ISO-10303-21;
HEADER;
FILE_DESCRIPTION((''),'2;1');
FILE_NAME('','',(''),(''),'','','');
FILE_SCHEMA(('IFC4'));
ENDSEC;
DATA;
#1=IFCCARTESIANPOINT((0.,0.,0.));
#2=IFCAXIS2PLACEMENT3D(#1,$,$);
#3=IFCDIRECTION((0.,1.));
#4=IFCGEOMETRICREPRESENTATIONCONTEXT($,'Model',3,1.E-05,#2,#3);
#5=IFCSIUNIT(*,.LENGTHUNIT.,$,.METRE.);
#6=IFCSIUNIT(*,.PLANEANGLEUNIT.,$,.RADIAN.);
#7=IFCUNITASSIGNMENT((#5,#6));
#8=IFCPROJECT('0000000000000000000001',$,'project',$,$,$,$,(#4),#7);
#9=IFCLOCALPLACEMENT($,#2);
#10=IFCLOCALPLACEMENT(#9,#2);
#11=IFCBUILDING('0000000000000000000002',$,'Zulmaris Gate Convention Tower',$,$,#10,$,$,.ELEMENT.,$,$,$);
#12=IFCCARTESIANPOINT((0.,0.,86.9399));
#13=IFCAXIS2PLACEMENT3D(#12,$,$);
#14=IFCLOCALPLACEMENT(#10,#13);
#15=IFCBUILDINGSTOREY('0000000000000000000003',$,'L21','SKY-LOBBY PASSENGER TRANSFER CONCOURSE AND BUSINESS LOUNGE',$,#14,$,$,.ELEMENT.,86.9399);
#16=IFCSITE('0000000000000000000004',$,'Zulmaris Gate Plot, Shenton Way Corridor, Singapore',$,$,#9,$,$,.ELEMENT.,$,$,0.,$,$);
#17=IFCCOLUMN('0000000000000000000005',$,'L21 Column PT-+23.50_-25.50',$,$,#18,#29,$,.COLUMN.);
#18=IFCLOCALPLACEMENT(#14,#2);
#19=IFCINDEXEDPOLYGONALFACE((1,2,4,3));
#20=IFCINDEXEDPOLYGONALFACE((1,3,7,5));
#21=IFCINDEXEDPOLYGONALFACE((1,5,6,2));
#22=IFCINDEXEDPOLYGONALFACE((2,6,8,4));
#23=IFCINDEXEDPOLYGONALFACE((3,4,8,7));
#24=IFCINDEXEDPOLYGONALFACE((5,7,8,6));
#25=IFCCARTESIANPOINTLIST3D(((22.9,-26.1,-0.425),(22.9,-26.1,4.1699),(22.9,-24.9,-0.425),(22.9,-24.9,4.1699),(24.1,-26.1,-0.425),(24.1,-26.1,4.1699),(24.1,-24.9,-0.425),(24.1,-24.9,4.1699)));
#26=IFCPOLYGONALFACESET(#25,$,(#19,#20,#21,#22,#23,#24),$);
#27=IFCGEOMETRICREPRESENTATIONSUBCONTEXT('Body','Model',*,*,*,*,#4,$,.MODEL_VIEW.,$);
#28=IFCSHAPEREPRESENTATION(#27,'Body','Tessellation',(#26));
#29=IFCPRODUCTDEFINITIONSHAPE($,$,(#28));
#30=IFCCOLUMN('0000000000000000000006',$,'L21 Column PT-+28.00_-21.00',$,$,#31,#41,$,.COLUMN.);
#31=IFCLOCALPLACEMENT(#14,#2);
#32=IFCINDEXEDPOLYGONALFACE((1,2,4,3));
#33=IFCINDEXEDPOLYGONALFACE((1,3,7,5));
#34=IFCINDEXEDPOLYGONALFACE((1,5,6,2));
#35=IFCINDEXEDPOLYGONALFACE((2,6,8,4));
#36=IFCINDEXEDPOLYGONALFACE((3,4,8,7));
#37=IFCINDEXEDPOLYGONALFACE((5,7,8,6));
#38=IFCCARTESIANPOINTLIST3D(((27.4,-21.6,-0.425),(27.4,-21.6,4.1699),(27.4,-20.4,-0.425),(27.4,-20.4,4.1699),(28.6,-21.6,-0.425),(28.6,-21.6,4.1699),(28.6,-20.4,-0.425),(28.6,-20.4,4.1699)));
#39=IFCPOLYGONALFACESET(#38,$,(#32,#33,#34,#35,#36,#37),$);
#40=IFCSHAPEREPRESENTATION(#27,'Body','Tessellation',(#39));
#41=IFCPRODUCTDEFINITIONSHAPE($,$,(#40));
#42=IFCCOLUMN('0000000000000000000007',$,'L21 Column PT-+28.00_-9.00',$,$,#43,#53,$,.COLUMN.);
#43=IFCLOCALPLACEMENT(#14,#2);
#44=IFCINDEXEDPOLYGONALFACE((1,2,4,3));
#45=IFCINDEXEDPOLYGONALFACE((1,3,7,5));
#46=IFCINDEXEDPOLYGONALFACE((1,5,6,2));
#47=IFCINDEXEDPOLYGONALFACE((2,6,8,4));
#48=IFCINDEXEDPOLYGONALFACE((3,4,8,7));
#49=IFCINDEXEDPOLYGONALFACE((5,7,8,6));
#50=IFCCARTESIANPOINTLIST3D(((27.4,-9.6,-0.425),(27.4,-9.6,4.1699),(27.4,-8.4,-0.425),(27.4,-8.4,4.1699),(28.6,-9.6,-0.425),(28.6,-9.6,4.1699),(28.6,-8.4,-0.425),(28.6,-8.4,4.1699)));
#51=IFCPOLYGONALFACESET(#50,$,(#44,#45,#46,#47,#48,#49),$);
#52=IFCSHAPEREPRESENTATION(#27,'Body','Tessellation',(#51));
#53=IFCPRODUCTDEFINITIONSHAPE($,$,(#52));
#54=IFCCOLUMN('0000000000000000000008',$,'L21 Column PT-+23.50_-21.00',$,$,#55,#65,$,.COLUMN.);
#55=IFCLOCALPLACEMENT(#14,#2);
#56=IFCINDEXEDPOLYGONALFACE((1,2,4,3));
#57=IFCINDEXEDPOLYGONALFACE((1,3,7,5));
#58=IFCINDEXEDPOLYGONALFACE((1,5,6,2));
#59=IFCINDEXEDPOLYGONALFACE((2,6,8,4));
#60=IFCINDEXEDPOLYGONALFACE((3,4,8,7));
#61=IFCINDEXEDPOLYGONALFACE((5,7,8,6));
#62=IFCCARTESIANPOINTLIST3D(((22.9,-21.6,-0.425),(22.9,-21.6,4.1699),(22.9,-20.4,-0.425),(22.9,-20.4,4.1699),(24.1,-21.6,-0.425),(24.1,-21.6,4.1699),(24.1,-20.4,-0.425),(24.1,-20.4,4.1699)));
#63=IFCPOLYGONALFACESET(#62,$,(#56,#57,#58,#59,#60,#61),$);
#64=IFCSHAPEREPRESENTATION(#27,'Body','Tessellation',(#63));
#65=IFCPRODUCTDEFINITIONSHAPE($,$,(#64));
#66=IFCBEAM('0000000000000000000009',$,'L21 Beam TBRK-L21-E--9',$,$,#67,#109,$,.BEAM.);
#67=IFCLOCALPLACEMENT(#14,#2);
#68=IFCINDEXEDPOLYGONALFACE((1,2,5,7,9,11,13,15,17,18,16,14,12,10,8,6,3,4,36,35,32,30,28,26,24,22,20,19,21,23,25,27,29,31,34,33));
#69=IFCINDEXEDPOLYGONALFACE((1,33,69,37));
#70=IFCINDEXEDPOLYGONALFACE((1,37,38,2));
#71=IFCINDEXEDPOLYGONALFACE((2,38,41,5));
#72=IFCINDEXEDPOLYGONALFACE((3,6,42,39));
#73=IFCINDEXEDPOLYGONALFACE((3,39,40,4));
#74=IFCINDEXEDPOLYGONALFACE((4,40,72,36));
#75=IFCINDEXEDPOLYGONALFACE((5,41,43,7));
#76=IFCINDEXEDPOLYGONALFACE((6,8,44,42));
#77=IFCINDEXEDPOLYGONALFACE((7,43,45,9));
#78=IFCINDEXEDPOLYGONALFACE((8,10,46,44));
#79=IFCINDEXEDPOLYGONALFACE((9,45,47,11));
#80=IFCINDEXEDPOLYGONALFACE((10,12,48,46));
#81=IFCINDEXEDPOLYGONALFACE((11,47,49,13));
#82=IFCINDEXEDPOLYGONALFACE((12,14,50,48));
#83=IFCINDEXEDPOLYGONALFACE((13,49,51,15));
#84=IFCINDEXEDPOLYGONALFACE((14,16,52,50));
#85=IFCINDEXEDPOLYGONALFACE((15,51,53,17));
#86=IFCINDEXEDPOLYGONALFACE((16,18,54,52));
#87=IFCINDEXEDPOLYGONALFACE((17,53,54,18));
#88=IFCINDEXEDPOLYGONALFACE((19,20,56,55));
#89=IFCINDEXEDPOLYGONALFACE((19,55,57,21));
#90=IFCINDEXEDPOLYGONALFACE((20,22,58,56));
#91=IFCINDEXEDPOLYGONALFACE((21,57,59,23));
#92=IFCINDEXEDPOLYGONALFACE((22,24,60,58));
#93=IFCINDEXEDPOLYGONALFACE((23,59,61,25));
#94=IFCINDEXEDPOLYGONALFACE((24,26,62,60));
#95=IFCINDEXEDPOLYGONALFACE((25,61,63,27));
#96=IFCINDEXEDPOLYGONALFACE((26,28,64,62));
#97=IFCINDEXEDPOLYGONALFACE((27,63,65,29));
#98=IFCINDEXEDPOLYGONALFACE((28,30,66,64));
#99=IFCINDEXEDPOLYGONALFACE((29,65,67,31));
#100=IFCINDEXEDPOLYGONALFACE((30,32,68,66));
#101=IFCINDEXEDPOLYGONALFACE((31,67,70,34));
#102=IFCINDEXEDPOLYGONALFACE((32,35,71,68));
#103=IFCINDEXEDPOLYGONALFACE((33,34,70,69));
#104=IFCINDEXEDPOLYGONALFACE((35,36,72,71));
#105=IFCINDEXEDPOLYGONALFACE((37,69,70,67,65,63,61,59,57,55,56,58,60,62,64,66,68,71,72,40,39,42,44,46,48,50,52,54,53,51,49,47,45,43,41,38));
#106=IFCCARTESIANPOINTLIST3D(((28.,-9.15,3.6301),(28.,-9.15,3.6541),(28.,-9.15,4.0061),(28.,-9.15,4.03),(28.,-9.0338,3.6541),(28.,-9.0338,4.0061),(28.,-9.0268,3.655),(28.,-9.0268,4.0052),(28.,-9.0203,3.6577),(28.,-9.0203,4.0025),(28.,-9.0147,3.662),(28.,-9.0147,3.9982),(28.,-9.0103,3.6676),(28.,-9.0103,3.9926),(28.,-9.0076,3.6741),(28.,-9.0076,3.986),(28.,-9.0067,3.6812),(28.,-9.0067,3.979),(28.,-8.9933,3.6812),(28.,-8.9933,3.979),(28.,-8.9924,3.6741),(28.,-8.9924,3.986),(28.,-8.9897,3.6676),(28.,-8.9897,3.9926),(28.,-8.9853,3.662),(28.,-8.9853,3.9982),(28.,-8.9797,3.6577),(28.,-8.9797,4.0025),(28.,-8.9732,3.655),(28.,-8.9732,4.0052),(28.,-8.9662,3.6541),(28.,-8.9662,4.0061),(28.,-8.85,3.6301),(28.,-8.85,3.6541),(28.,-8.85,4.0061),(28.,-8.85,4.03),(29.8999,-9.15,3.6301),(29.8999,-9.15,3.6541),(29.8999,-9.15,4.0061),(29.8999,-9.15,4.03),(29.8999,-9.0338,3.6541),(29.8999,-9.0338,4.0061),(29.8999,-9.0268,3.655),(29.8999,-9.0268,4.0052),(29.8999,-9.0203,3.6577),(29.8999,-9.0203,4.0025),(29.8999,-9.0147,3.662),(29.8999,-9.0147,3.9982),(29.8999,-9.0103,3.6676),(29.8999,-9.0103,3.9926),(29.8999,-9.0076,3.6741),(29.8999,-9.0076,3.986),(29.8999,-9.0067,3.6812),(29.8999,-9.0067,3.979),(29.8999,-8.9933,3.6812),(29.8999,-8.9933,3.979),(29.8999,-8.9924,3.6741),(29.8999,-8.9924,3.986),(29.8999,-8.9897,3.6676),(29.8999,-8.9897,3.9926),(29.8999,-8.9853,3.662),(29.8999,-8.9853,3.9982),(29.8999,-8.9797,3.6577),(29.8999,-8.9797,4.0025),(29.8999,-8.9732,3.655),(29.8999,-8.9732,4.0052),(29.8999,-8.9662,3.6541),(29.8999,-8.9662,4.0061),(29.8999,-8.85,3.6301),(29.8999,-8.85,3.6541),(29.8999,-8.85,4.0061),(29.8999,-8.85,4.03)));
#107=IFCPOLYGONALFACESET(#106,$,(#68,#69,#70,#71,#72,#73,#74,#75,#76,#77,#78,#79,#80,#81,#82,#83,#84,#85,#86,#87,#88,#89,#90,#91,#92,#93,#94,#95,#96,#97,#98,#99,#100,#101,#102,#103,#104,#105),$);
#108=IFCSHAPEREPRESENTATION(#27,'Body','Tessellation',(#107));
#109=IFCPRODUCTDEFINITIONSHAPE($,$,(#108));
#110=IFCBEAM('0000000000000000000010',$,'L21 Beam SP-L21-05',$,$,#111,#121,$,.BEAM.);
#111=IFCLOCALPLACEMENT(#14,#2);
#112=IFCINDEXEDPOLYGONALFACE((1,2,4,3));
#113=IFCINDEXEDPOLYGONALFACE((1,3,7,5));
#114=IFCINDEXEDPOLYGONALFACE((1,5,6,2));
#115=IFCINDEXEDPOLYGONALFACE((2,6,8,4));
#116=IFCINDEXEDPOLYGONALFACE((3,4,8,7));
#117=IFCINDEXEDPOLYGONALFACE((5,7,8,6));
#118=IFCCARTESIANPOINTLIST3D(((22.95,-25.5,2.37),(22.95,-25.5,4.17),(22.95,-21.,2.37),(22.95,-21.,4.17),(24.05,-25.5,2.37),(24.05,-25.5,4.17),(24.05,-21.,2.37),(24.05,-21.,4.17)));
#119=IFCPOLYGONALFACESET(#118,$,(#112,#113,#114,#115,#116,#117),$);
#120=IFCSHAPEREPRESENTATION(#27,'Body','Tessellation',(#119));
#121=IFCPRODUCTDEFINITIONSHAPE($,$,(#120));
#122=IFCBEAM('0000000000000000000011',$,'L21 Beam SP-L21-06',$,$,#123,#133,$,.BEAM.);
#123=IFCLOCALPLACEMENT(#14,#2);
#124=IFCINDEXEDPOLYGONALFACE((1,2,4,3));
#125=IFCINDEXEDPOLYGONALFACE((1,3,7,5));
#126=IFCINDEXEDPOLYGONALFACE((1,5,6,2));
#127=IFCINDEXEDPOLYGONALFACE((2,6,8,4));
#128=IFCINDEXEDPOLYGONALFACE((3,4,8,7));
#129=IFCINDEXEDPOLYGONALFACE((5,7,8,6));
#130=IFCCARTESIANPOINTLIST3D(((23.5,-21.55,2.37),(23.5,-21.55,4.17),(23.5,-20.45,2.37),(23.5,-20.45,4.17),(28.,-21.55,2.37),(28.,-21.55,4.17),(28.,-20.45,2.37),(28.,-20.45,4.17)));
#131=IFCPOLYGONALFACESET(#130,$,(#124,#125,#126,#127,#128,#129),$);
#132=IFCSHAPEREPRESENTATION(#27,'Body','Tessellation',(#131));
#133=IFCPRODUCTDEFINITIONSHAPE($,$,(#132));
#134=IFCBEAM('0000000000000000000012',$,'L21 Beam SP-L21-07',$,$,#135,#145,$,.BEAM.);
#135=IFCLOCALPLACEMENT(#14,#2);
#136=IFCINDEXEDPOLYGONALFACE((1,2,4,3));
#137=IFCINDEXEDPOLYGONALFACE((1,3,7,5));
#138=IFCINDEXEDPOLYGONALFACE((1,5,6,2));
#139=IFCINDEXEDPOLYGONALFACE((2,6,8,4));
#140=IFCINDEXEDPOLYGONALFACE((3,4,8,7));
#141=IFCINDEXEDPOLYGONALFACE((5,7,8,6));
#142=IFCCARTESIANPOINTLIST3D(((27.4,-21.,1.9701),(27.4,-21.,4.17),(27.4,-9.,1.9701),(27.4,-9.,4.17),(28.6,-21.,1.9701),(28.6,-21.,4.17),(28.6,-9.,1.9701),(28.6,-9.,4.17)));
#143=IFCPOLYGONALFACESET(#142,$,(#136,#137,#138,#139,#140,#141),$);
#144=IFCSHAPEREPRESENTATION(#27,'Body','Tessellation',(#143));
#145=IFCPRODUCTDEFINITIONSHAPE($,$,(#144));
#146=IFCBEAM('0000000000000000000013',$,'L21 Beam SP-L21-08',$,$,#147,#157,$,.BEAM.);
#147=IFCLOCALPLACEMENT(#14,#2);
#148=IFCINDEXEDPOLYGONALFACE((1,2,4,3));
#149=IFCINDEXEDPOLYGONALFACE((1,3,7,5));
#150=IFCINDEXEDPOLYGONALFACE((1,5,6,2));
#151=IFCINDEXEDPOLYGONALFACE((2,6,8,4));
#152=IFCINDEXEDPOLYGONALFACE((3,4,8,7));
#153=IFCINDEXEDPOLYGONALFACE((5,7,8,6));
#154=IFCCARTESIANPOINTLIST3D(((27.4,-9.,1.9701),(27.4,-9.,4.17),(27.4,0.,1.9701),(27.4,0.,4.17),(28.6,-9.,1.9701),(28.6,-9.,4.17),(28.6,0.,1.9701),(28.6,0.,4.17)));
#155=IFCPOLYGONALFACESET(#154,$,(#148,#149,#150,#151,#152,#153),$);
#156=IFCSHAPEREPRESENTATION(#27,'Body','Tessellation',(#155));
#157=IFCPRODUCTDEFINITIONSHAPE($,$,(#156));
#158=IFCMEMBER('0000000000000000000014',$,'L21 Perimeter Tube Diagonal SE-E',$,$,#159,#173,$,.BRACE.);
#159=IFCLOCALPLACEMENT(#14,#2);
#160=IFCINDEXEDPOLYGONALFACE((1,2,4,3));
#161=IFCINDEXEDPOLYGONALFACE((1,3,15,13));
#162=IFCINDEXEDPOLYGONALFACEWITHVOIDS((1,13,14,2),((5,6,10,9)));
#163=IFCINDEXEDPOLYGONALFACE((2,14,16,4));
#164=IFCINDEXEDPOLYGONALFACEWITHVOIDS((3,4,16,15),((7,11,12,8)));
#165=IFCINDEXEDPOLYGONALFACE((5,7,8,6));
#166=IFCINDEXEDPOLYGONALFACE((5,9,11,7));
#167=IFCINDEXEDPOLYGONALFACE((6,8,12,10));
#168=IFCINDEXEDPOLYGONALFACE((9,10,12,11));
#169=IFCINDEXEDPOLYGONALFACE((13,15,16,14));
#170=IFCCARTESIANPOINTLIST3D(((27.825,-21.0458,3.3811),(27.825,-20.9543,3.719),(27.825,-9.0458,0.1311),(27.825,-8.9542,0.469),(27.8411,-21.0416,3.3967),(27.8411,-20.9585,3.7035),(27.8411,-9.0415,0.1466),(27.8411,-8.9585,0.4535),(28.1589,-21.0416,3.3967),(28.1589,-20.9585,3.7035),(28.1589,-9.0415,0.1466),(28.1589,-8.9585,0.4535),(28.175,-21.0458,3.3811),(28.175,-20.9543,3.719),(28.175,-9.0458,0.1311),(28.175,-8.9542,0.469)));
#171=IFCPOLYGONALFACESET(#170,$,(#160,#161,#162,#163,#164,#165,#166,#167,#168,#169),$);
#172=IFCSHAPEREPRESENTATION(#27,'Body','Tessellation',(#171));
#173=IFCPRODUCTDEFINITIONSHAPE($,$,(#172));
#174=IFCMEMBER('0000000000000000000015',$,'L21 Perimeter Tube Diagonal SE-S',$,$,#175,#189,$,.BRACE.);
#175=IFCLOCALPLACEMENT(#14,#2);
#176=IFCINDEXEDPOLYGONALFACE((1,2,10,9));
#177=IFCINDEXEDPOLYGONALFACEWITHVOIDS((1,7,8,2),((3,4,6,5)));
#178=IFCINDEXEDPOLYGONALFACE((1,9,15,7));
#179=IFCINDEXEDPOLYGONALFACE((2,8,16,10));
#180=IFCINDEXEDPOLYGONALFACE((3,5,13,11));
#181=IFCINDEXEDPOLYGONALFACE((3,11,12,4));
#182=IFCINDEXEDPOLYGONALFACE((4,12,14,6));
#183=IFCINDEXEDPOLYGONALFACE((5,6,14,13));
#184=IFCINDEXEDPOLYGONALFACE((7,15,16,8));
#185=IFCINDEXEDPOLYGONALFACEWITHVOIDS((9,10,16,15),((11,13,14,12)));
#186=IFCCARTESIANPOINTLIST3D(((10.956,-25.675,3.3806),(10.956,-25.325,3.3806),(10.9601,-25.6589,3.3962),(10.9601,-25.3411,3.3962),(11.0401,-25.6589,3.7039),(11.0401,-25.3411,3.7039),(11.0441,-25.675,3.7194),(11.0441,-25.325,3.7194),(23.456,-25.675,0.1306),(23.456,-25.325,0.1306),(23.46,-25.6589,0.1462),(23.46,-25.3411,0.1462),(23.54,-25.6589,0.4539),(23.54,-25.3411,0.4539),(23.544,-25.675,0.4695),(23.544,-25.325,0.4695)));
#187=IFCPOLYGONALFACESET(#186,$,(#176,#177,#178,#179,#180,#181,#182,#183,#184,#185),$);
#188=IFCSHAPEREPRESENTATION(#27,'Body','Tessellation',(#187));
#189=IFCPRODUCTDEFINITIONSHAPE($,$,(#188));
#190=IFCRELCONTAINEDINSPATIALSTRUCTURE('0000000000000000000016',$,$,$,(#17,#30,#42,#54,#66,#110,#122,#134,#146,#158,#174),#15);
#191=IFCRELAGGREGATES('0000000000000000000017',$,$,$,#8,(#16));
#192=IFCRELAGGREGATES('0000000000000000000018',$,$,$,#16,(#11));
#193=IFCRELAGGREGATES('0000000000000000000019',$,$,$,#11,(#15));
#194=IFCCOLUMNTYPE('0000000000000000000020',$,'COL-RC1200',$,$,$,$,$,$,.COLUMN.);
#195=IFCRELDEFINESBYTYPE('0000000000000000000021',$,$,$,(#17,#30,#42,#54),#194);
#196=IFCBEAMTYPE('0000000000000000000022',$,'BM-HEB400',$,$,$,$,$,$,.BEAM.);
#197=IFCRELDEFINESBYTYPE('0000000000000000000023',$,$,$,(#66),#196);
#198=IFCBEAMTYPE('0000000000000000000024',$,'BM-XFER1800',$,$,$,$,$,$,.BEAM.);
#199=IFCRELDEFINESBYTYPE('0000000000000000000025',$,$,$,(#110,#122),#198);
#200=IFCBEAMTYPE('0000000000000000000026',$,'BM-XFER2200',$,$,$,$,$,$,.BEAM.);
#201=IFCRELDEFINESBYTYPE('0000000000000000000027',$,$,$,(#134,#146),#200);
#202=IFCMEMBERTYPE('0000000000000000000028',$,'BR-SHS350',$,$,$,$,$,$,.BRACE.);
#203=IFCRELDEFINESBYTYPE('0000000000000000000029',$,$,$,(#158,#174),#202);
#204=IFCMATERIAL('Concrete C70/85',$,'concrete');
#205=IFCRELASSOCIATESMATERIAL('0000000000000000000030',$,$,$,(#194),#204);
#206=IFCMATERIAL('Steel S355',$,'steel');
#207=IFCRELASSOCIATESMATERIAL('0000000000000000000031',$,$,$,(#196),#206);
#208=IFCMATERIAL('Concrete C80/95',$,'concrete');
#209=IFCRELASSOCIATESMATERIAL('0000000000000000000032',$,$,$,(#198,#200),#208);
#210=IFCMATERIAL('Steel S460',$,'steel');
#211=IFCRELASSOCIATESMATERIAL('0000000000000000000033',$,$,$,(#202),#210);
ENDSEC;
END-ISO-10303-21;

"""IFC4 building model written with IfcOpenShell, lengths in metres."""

from ifc_helpers import new_model, si_unit, direction, frame, origin, origin_2d, place, context, subcontext, project, spatial, rectangle, hollow_rectangle, i_section, extrude, material, material_profile, profile_set, type_object, element, save


model = new_model("IFC4")

# Units and contexts
model_context = context("Model", 3, precision=1e-05, world=origin(), true_north=direction((0.0, 1.0)))
body_context = subcontext(model_context, "Body", "Model", "MODEL_VIEW")
ifc_project = project(units=[si_unit("LENGTHUNIT", "METRE"), si_unit("PLANEANGLEUNIT", "RADIAN")], contexts=[model_context])

# Site, building, storey
site_placement = place(None, origin())
site = spatial("IfcSite", under=ifc_project, at=site_placement, Name="Zulmaris Gate Plot, Shenton Way Corridor, Singapore", CompositionType="ELEMENT", RefElevation=0.0)
building_placement = place(site_placement, origin())
building = spatial("IfcBuilding", under=site, at=building_placement, Name="Zulmaris Gate Convention Tower", CompositionType="ELEMENT")
storey_placement = place(building_placement, frame((0.0, 0.0, 86.9399)))
storey = spatial("IfcBuildingStorey", under=building, at=storey_placement, Name="L21", Description="SKY-LOBBY PASSENGER TRANSFER CONCOURSE AND BUSINESS LOUNGE", CompositionType="ELEMENT", Elevation=86.9399)

# Columns
ifc_material_1 = material(Name="Concrete C70/85", Category="concrete")
ifc_material_profile_1 = material_profile(ifc_material_1, rectangle(XDim=1.2, YDim=1.2, at=origin_2d()), Name="RC COL 1200x1200")
ifc_profile_set_1 = profile_set([ifc_material_profile_1], Name="Concrete C70/85")
column_type = type_object("IfcColumnType", Name="COL-RC1200", PredefinedType="COLUMN", material=ifc_profile_set_1)
for number, where, z_axis, x_axis, name in (
    (1, (23.5, -25.5, -0.425), (0.0, 0.0, 1.0), (1.0, 0.0, 0.0), "L21 Column PT-+23.50_-25.50"),
    (2, (28.0, -21.0, -0.425), (0.0, 0.0, 1.0), (1.0, 0.0, 0.0), "L21 Column PT-+28.00_-21.00"),
    (3, (28.0, -9.0, -0.425), (0.0, 0.0, 1.0), (1.0, 0.0, 0.0), "L21 Column PT-+28.00_-9.00"),
    (4, (23.5, -21.0, -0.425), (0.0, 0.0, 1.0), (1.0, 0.0, 0.0), "L21 Column PT-+23.50_-21.00"),
):
    element("IfcColumn", number, at=place(storey_placement, frame(where, z_axis=z_axis, x_axis=x_axis)), inside=storey, type_object=column_type, Name=name, PredefinedType="COLUMN", context=body_context, shape_type="SweptSolid", body=[
        extrude(rectangle(XDim=1.2, YDim=1.2, at=origin_2d()), origin(), (0.0, 0.0, 1.0), 4.595),
    ])

# Beams
ifc_material_2 = material(Name="Steel S355", Category="steel")
ifc_material_profile_2 = material_profile(ifc_material_2, i_section(OverallWidth=0.3, OverallDepth=0.3999, WebThickness=0.0134, FlangeThickness=0.0239, FilletRadius=0.0271, at=origin_2d()), Name="HEB 400")
ifc_profile_set_2 = profile_set([ifc_material_profile_2], Name="Steel S355")
beam_type_1 = type_object("IfcBeamType", Name="BM-HEB400", PredefinedType="BEAM", material=ifc_profile_set_2)
beam_1_placement = place(storey_placement, frame((28.0, -9.0, 3.8301), z_axis=(1.0, 0.0, 0.0), x_axis=(0.0, 1.0, 0.0)))
element("IfcBeam", 5, at=beam_1_placement, inside=storey, type_object=beam_type_1, Name="L21 Beam TBRK-L21-E--9", PredefinedType="BEAM", context=body_context, shape_type="SweptSolid", body=[
    extrude(i_section(OverallWidth=0.3, OverallDepth=0.3999, WebThickness=0.0134, FlangeThickness=0.0239, FilletRadius=0.0271, at=origin_2d()), origin(), (0.0, 0.0, 1.0), 1.8999),
])
ifc_material_3 = material(Name="Concrete C80/95", Category="concrete")
ifc_material_profile_3 = material_profile(ifc_material_3, rectangle(XDim=1.1001, YDim=1.8, at=origin_2d()), Name="RC TRANSFER 1100x1800")
ifc_profile_set_3 = profile_set([ifc_material_profile_3], Name="Concrete C80/95")
beam_type_2 = type_object("IfcBeamType", Name="BM-XFER1800", PredefinedType="BEAM", material=ifc_profile_set_3)
for number, where, z_axis, x_axis, name in (
    (6, (23.5, -25.5, 3.27), (0.0, 1.0, 0.0), (-1.0, 0.0, 0.0), "L21 Beam SP-L21-05"),
    (7, (23.5, -21.0, 3.27), (1.0, 0.0, 0.0), (0.0, 1.0, 0.0), "L21 Beam SP-L21-06"),
):
    element("IfcBeam", number, at=place(storey_placement, frame(where, z_axis=z_axis, x_axis=x_axis)), inside=storey, type_object=beam_type_2, Name=name, PredefinedType="BEAM", context=body_context, shape_type="SweptSolid", body=[
        extrude(rectangle(XDim=1.1001, YDim=1.8, at=origin_2d()), origin(), (0.0, 0.0, 1.0), 4.5),
    ])
ifc_material_profile_4 = material_profile(ifc_material_3, rectangle(XDim=1.2, YDim=2.2, at=origin_2d()), Name="RC TRANSFER 1200x2200")
ifc_profile_set_4 = profile_set([ifc_material_profile_4], Name="Concrete C80/95")
beam_type_3 = type_object("IfcBeamType", Name="BM-XFER2200", PredefinedType="BEAM", material=ifc_profile_set_4)
beam_2_placement = place(storey_placement, frame((28.0, -21.0, 3.0701), z_axis=(0.0, 1.0, 0.0), x_axis=(-1.0, 0.0, 0.0)))
element("IfcBeam", 8, at=beam_2_placement, inside=storey, type_object=beam_type_3, Name="L21 Beam SP-L21-07", PredefinedType="BEAM", context=body_context, shape_type="SweptSolid", body=[
    extrude(rectangle(XDim=1.2, YDim=2.2, at=origin_2d()), origin(), (0.0, 0.0, 1.0), 12.0),
])
beam_3_placement = place(storey_placement, frame((28.0, -9.0, 3.0701), z_axis=(0.0, 1.0, 0.0), x_axis=(-1.0, 0.0, 0.0)))
element("IfcBeam", 9, at=beam_3_placement, inside=storey, type_object=beam_type_3, Name="L21 Beam SP-L21-08", PredefinedType="BEAM", context=body_context, shape_type="SweptSolid", body=[
    extrude(rectangle(XDim=1.2, YDim=2.2, at=origin_2d()), origin(), (0.0, 0.0, 1.0), 9.0),
])

# Members
ifc_material_4 = material(Name="Steel S460", Category="steel")
ifc_material_profile_5 = material_profile(ifc_material_4, hollow_rectangle(XDim=0.3501, YDim=0.3501, WallThickness=0.0161, at=origin_2d()), Name="SHS 350x350x16")
ifc_profile_set_5 = profile_set([ifc_material_profile_5], Name="Steel S460")
member_type_1 = type_object("IfcMemberType", Name="BR-SHS350", PredefinedType="BRACE", material=ifc_profile_set_5)
member_1_placement = place(storey_placement, frame((28.0, -9.0, 0.3), z_axis=(0.0, -0.965226, 0.261415), x_axis=(1.0, 0.0, 0.0)))
element("IfcMember", 10, at=member_1_placement, inside=storey, type_object=member_type_1, Name="L21 Perimeter Tube Diagonal SE-E", PredefinedType="BRACE", context=body_context, shape_type="SweptSolid", body=[
    extrude(hollow_rectangle(XDim=0.3501, YDim=0.3501, WallThickness=0.0161, at=origin_2d()), origin(), (0.0, 0.0, 1.0), 12.4324),
])
member_2_placement = place(storey_placement, frame((23.5, -25.5, 0.3), z_axis=(-0.967823, 0.0, 0.251634), x_axis=(0.0, -1.0, 0.0)))
element("IfcMember", 11, at=member_2_placement, inside=storey, type_object=member_type_1, Name="L21 Perimeter Tube Diagonal SE-S", PredefinedType="BRACE", context=body_context, shape_type="SweptSolid", body=[
    extrude(hollow_rectangle(XDim=0.3501, YDim=0.3501, WallThickness=0.0161, at=origin_2d()), origin(), (0.0, 0.0, 1.0), 12.9155),
])

save(model, "model.ifc")
